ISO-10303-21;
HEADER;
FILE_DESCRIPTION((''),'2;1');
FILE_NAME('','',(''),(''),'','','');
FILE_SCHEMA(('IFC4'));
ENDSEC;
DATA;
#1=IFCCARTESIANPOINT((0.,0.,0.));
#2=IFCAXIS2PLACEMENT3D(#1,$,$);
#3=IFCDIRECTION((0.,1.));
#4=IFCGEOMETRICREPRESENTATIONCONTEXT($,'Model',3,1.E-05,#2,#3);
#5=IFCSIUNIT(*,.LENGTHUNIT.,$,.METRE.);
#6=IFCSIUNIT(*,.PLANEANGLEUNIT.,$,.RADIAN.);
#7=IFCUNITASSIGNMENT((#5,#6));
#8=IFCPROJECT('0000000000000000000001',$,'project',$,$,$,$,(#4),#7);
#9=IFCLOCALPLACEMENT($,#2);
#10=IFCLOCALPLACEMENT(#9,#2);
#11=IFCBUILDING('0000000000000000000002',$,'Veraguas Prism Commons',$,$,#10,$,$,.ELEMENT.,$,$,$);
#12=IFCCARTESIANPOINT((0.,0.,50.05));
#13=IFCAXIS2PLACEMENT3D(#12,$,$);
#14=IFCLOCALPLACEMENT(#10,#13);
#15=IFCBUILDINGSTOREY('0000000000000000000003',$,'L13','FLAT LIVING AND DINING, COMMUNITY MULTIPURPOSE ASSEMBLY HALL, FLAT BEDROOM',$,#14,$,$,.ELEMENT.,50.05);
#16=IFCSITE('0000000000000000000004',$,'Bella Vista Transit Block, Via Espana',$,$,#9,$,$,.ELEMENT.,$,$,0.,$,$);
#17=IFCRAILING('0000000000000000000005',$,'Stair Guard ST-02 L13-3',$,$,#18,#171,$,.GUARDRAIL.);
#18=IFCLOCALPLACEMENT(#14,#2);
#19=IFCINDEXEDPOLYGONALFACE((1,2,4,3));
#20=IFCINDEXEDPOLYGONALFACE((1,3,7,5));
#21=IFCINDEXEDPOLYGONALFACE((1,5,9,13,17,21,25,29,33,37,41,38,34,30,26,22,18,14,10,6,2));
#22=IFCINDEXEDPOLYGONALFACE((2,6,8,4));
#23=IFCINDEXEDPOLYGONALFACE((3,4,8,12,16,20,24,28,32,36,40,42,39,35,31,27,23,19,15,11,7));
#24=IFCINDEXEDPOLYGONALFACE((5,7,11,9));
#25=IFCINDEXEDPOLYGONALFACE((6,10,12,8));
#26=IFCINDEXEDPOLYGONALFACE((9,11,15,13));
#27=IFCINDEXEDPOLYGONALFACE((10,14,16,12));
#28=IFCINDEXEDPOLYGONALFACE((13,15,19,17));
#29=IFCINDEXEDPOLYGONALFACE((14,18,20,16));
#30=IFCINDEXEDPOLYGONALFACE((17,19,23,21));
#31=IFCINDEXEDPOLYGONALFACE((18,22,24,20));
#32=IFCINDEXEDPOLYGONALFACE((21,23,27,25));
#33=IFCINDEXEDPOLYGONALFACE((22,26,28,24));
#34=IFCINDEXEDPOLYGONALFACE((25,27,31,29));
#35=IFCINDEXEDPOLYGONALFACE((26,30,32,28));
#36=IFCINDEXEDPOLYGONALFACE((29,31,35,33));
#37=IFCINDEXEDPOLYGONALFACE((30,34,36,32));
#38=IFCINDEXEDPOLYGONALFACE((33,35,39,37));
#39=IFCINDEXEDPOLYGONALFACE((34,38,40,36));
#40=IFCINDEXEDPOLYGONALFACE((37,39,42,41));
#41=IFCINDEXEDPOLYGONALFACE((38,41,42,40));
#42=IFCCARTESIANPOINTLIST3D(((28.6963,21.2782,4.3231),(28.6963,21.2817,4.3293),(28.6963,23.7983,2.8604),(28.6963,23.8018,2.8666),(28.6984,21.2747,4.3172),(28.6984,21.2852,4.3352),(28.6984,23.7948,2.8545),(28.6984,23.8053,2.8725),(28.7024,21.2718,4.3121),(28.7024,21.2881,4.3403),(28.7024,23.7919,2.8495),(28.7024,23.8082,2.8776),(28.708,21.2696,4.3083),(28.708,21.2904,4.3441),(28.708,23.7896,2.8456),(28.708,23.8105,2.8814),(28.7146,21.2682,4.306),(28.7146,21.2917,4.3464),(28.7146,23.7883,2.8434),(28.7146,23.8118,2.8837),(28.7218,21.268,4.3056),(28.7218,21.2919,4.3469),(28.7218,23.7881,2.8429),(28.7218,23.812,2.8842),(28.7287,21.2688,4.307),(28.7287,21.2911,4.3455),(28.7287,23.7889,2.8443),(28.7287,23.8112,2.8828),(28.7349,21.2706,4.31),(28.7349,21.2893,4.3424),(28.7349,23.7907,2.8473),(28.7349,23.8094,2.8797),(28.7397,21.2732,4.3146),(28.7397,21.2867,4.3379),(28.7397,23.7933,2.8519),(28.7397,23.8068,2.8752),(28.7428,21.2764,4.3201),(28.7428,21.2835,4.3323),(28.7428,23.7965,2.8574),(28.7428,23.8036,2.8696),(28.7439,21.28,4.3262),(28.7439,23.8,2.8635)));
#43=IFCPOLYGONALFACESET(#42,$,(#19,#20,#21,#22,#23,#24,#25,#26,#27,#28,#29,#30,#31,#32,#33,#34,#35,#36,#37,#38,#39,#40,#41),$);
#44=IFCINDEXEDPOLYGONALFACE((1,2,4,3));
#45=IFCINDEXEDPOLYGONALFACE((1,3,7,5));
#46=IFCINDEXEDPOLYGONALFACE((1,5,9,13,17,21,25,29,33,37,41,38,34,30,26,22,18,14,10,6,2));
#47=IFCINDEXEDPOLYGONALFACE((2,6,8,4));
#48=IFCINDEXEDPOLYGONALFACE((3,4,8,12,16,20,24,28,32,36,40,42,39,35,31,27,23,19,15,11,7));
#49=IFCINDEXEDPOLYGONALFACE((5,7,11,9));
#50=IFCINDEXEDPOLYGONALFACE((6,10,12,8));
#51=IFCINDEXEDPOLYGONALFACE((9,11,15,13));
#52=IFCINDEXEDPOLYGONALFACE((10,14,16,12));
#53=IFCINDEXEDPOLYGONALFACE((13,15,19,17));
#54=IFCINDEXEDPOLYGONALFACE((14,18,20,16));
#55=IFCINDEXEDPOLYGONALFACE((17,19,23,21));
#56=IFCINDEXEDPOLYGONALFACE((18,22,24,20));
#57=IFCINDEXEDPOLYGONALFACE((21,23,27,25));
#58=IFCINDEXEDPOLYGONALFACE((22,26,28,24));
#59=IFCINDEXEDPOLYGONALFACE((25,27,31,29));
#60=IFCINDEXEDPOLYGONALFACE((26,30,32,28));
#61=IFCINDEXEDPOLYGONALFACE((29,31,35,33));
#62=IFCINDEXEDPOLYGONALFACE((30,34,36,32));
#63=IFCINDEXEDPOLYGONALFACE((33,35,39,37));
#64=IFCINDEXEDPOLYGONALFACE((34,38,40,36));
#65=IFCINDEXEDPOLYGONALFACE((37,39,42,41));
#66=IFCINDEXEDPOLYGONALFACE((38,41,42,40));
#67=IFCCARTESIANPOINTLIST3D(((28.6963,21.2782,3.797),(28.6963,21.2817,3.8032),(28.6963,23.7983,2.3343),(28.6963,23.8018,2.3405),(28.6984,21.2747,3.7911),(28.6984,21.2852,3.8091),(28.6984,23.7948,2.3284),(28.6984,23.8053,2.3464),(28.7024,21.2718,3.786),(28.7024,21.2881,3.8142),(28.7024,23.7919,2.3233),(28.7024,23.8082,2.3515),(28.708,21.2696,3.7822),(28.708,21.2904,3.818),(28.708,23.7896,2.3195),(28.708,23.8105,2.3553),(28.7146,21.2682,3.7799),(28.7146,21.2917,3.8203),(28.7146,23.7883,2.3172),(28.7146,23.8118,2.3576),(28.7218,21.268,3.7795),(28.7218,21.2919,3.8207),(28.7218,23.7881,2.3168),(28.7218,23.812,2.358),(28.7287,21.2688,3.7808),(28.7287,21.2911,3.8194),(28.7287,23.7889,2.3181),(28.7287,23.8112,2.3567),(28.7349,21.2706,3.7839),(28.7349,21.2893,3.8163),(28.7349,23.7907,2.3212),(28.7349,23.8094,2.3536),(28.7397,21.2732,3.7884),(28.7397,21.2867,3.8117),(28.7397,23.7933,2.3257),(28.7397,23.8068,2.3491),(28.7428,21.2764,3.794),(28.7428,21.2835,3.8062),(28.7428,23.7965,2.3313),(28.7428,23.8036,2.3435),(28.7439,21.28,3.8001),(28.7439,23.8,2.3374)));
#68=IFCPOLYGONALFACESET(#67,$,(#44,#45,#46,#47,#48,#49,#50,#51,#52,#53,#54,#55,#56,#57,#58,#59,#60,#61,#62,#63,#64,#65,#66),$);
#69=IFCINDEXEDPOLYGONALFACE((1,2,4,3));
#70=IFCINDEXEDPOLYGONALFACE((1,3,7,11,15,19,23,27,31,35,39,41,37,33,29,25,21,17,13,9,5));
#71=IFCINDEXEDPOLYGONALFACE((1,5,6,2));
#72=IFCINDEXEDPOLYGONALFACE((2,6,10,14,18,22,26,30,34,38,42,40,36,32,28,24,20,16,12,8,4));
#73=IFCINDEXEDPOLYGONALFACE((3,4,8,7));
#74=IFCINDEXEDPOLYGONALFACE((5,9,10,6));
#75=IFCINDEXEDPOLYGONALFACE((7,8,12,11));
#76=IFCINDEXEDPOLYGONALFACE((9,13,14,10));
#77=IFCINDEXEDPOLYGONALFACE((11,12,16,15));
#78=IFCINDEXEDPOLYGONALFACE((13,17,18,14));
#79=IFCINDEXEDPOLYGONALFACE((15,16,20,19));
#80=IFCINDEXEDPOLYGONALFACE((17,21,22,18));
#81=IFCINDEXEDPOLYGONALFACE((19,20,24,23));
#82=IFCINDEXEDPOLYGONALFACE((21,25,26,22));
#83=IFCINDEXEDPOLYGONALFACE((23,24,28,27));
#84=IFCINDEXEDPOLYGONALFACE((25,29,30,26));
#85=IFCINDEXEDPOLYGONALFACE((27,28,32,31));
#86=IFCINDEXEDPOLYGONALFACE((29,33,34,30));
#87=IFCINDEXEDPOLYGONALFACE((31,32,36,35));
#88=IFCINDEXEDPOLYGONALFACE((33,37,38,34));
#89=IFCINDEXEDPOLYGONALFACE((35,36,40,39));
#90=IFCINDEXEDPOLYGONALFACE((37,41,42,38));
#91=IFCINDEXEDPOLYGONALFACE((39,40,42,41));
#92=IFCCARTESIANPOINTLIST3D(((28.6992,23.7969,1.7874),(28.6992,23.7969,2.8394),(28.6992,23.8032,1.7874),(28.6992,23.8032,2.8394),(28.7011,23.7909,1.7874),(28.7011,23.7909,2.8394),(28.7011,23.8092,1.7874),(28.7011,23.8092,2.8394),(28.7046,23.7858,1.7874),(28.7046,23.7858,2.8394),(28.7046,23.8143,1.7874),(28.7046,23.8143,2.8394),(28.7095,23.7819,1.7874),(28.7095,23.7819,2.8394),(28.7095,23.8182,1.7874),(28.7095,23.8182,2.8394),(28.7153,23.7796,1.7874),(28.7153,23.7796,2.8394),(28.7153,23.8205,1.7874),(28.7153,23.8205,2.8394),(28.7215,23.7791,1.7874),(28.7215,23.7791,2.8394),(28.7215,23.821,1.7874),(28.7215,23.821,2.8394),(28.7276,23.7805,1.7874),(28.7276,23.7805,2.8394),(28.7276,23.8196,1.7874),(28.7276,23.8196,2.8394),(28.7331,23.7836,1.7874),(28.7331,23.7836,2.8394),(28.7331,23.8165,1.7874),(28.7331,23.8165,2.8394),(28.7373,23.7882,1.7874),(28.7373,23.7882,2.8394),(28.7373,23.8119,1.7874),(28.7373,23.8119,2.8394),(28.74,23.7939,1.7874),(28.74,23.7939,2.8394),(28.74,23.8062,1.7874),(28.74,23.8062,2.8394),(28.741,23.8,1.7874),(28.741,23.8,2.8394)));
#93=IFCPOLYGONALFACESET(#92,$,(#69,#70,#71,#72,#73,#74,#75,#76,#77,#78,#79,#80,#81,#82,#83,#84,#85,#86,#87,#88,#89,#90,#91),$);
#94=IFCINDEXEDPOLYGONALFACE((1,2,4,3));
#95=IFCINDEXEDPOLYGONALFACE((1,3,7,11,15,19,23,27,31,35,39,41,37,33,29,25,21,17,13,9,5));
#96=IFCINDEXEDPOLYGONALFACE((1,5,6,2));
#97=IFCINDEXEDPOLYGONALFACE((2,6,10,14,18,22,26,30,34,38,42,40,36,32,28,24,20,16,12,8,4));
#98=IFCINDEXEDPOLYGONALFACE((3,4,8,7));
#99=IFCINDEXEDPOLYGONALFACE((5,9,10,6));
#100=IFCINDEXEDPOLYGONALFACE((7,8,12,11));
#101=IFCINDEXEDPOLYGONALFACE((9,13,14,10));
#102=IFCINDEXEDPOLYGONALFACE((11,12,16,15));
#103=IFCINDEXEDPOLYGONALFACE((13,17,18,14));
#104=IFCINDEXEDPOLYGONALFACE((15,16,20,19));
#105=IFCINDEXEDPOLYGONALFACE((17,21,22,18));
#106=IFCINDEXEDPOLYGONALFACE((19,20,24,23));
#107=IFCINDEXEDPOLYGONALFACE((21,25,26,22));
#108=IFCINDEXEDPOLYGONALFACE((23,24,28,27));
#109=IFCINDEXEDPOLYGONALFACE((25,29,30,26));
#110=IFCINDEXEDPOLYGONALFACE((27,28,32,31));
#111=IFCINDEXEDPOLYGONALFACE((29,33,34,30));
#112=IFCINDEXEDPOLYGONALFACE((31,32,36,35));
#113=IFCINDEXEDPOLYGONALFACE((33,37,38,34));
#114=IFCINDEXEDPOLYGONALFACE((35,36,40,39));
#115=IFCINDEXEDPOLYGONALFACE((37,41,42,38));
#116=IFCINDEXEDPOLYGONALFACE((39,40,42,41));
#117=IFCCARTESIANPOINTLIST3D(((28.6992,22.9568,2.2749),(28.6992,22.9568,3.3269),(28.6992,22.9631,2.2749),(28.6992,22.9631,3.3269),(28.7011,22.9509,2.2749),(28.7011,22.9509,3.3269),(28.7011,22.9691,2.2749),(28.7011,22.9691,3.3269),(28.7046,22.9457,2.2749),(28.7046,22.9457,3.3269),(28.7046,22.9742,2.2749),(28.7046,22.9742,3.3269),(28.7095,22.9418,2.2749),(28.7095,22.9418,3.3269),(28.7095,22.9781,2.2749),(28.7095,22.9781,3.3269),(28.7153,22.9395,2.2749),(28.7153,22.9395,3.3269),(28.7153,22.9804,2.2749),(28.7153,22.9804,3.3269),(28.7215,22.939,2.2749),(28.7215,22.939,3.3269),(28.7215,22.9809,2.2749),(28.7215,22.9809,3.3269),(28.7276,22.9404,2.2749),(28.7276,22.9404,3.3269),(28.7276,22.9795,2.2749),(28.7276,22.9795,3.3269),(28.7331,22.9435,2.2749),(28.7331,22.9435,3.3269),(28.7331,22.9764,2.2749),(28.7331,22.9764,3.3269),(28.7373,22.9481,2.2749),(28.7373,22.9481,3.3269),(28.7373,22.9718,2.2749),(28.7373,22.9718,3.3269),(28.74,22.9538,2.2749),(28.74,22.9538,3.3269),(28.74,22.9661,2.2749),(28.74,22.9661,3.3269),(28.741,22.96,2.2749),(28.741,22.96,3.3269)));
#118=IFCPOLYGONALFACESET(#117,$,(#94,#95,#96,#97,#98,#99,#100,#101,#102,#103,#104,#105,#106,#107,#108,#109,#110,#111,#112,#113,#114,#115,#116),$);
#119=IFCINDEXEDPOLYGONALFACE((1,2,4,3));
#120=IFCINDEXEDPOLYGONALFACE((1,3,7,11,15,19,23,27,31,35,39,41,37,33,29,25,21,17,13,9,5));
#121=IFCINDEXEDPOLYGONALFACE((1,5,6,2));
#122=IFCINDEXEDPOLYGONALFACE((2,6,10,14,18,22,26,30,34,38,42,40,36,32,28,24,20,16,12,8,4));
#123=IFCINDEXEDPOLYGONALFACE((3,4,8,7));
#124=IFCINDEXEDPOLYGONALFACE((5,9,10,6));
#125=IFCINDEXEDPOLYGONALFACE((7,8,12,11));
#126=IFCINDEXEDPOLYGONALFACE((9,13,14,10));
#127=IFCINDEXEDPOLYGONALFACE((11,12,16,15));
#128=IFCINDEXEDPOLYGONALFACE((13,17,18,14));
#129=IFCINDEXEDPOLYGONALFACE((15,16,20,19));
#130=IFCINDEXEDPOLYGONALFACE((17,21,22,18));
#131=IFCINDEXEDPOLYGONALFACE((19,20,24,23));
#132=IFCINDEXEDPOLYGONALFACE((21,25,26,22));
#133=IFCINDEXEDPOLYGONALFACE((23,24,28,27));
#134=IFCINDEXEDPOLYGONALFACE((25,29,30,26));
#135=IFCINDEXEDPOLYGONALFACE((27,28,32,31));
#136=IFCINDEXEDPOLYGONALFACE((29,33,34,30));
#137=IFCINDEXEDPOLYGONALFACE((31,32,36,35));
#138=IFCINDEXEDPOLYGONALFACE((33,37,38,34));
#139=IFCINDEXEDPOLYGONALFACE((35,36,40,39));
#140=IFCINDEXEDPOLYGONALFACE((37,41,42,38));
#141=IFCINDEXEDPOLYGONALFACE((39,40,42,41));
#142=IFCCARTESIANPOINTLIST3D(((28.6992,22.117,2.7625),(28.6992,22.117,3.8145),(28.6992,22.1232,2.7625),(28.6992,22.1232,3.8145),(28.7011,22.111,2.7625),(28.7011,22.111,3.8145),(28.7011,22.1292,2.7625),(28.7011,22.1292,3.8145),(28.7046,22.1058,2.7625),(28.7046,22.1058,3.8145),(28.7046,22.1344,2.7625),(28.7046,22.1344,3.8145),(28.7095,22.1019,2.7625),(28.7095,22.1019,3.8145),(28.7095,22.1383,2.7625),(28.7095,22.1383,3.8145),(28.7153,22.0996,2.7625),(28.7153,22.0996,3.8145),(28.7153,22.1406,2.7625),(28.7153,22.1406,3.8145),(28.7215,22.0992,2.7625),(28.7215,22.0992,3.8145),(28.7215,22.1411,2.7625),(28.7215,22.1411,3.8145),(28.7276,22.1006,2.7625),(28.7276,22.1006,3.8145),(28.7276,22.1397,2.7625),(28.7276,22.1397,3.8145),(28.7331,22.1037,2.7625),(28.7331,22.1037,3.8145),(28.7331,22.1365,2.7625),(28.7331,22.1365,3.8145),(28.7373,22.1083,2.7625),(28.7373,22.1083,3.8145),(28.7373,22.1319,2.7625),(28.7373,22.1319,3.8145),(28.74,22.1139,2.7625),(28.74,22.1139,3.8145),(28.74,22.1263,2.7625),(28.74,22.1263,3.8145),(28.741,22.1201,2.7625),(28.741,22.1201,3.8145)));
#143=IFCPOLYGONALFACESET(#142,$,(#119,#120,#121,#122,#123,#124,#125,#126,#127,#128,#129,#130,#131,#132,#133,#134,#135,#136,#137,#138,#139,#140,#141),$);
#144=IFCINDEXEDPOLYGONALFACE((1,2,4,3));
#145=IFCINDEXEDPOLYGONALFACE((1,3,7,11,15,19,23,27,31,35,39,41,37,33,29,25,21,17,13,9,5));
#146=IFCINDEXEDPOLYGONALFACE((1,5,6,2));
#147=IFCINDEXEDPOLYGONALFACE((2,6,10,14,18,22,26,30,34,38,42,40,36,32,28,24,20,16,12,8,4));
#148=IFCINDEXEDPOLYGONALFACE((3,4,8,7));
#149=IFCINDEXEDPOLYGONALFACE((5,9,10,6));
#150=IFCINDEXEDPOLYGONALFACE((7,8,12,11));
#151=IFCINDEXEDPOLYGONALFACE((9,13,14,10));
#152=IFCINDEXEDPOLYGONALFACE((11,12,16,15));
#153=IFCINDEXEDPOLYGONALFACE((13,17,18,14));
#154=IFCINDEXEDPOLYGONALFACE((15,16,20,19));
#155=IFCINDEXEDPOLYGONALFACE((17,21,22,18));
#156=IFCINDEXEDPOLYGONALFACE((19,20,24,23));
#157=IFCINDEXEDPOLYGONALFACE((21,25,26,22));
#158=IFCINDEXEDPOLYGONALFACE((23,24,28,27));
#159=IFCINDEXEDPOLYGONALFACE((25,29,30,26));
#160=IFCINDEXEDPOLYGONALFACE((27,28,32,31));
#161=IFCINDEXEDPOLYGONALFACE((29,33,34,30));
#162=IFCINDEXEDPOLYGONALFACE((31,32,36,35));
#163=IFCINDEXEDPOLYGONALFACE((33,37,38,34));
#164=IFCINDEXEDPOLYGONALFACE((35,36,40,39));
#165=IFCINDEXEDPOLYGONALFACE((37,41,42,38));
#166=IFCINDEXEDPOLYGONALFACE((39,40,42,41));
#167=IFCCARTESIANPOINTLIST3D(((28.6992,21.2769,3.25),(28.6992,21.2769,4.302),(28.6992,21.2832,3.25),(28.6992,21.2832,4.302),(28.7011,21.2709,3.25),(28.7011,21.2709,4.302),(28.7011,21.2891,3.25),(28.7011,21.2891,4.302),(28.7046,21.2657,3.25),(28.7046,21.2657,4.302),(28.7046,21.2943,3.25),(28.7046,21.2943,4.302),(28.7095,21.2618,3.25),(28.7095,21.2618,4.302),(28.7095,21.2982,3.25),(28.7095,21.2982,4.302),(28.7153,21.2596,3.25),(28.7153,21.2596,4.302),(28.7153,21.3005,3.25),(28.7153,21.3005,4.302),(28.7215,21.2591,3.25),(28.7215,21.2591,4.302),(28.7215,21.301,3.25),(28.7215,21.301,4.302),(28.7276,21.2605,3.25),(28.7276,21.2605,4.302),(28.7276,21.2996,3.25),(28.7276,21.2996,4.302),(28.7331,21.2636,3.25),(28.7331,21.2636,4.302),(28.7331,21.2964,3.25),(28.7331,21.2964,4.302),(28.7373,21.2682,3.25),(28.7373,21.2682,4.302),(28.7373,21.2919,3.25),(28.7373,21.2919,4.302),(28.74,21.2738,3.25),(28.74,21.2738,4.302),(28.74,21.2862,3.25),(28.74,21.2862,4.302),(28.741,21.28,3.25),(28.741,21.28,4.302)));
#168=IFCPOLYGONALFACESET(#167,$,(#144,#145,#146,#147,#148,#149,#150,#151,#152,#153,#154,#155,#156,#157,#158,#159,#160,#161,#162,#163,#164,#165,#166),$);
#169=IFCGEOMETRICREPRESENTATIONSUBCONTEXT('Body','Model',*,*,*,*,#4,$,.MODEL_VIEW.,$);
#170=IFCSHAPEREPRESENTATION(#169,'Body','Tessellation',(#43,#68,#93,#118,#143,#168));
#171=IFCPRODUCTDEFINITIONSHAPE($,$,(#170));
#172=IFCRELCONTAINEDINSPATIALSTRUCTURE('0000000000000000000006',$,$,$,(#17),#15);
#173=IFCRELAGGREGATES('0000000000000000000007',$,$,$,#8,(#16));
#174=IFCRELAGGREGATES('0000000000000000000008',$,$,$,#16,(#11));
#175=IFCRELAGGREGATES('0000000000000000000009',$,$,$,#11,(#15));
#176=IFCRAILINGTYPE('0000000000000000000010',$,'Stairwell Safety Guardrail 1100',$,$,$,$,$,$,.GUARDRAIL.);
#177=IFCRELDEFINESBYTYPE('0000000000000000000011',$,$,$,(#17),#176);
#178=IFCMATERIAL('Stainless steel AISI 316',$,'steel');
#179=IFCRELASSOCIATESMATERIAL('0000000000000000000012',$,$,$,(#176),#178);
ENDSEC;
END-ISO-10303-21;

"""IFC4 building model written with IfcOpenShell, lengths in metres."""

from ifc_helpers import new_model, si_unit, direction, frame, origin, origin_2d, place, context, subcontext, project, spatial, circle, extrude, material, type_object, element, save


model = new_model("IFC4")

# Units and contexts
model_context = context("Model", 3, precision=1e-05, world=origin(), true_north=direction((0.0, 1.0)))
body_context = subcontext(model_context, "Body", "Model", "MODEL_VIEW")
ifc_project = project(units=[si_unit("LENGTHUNIT", "METRE"), si_unit("PLANEANGLEUNIT", "RADIAN")], contexts=[model_context])

# Site, building, storey
site_placement = place(None, origin())
site = spatial("IfcSite", under=ifc_project, at=site_placement, Name="Bella Vista Transit Block, Via Espana", CompositionType="ELEMENT", RefElevation=0.0)
building_placement = place(site_placement, origin())
building = spatial("IfcBuilding", under=site, at=building_placement, Name="Veraguas Prism Commons", CompositionType="ELEMENT")
storey_placement = place(building_placement, frame((0.0, 0.0, 50.05)))
storey = spatial("IfcBuildingStorey", under=building, at=storey_placement, Name="L13", Description="FLAT LIVING AND DINING, COMMUNITY MULTIPURPOSE ASSEMBLY HALL, FLAT BEDROOM", CompositionType="ELEMENT", Elevation=50.05)

# Railing
ifc_material_1 = material(Name="Stainless steel AISI 316", Category="steel")
railing_type_1 = type_object("IfcRailingType", Name="Stairwell Safety Guardrail 1100", PredefinedType="GUARDRAIL", material=ifc_material_1)
railing_1_placement = place(storey_placement, frame((28.72, 23.8, 1.7874)))
element("IfcRailing", 1, at=railing_1_placement, inside=storey, type_object=railing_type_1, Name="Stair Guard ST-02 L13-3", PredefinedType="GUARDRAIL", context=body_context, shape_type="SweptSolid", body=[
    extrude(circle(Radius=0.0239, at=origin_2d()), frame((0.0, 0.0, 1.0762), z_axis=(0.0, -0.864877, 0.501984), x_axis=(1.0, 0.0, 0.0)), (0.0, 0.0, 1.0), 2.9138),
    extrude(circle(Radius=0.0239, at=origin_2d()), frame((0.0, 0.0, 0.55), z_axis=(0.0, -0.864877, 0.501984), x_axis=(1.0, 0.0, 0.0)), (0.0, 0.0, 1.0), 2.9138),
    extrude(circle(Radius=0.021, at=origin_2d()), origin(), (0.0, 0.0, 1.0), 1.052),
    extrude(circle(Radius=0.021, at=origin_2d()), frame((0.0, -0.8401, 0.4875)), (0.0, 0.0, 1.0), 1.052),
    extrude(circle(Radius=0.021, at=origin_2d()), frame((0.0, -1.6799, 0.9751)), (0.0, 0.0, 1.0), 1.052),
    extrude(circle(Radius=0.021, at=origin_2d()), frame((0.0, -2.52, 1.4626)), (0.0, 0.0, 1.0), 1.052),
])

save(model, "model.ifc")
